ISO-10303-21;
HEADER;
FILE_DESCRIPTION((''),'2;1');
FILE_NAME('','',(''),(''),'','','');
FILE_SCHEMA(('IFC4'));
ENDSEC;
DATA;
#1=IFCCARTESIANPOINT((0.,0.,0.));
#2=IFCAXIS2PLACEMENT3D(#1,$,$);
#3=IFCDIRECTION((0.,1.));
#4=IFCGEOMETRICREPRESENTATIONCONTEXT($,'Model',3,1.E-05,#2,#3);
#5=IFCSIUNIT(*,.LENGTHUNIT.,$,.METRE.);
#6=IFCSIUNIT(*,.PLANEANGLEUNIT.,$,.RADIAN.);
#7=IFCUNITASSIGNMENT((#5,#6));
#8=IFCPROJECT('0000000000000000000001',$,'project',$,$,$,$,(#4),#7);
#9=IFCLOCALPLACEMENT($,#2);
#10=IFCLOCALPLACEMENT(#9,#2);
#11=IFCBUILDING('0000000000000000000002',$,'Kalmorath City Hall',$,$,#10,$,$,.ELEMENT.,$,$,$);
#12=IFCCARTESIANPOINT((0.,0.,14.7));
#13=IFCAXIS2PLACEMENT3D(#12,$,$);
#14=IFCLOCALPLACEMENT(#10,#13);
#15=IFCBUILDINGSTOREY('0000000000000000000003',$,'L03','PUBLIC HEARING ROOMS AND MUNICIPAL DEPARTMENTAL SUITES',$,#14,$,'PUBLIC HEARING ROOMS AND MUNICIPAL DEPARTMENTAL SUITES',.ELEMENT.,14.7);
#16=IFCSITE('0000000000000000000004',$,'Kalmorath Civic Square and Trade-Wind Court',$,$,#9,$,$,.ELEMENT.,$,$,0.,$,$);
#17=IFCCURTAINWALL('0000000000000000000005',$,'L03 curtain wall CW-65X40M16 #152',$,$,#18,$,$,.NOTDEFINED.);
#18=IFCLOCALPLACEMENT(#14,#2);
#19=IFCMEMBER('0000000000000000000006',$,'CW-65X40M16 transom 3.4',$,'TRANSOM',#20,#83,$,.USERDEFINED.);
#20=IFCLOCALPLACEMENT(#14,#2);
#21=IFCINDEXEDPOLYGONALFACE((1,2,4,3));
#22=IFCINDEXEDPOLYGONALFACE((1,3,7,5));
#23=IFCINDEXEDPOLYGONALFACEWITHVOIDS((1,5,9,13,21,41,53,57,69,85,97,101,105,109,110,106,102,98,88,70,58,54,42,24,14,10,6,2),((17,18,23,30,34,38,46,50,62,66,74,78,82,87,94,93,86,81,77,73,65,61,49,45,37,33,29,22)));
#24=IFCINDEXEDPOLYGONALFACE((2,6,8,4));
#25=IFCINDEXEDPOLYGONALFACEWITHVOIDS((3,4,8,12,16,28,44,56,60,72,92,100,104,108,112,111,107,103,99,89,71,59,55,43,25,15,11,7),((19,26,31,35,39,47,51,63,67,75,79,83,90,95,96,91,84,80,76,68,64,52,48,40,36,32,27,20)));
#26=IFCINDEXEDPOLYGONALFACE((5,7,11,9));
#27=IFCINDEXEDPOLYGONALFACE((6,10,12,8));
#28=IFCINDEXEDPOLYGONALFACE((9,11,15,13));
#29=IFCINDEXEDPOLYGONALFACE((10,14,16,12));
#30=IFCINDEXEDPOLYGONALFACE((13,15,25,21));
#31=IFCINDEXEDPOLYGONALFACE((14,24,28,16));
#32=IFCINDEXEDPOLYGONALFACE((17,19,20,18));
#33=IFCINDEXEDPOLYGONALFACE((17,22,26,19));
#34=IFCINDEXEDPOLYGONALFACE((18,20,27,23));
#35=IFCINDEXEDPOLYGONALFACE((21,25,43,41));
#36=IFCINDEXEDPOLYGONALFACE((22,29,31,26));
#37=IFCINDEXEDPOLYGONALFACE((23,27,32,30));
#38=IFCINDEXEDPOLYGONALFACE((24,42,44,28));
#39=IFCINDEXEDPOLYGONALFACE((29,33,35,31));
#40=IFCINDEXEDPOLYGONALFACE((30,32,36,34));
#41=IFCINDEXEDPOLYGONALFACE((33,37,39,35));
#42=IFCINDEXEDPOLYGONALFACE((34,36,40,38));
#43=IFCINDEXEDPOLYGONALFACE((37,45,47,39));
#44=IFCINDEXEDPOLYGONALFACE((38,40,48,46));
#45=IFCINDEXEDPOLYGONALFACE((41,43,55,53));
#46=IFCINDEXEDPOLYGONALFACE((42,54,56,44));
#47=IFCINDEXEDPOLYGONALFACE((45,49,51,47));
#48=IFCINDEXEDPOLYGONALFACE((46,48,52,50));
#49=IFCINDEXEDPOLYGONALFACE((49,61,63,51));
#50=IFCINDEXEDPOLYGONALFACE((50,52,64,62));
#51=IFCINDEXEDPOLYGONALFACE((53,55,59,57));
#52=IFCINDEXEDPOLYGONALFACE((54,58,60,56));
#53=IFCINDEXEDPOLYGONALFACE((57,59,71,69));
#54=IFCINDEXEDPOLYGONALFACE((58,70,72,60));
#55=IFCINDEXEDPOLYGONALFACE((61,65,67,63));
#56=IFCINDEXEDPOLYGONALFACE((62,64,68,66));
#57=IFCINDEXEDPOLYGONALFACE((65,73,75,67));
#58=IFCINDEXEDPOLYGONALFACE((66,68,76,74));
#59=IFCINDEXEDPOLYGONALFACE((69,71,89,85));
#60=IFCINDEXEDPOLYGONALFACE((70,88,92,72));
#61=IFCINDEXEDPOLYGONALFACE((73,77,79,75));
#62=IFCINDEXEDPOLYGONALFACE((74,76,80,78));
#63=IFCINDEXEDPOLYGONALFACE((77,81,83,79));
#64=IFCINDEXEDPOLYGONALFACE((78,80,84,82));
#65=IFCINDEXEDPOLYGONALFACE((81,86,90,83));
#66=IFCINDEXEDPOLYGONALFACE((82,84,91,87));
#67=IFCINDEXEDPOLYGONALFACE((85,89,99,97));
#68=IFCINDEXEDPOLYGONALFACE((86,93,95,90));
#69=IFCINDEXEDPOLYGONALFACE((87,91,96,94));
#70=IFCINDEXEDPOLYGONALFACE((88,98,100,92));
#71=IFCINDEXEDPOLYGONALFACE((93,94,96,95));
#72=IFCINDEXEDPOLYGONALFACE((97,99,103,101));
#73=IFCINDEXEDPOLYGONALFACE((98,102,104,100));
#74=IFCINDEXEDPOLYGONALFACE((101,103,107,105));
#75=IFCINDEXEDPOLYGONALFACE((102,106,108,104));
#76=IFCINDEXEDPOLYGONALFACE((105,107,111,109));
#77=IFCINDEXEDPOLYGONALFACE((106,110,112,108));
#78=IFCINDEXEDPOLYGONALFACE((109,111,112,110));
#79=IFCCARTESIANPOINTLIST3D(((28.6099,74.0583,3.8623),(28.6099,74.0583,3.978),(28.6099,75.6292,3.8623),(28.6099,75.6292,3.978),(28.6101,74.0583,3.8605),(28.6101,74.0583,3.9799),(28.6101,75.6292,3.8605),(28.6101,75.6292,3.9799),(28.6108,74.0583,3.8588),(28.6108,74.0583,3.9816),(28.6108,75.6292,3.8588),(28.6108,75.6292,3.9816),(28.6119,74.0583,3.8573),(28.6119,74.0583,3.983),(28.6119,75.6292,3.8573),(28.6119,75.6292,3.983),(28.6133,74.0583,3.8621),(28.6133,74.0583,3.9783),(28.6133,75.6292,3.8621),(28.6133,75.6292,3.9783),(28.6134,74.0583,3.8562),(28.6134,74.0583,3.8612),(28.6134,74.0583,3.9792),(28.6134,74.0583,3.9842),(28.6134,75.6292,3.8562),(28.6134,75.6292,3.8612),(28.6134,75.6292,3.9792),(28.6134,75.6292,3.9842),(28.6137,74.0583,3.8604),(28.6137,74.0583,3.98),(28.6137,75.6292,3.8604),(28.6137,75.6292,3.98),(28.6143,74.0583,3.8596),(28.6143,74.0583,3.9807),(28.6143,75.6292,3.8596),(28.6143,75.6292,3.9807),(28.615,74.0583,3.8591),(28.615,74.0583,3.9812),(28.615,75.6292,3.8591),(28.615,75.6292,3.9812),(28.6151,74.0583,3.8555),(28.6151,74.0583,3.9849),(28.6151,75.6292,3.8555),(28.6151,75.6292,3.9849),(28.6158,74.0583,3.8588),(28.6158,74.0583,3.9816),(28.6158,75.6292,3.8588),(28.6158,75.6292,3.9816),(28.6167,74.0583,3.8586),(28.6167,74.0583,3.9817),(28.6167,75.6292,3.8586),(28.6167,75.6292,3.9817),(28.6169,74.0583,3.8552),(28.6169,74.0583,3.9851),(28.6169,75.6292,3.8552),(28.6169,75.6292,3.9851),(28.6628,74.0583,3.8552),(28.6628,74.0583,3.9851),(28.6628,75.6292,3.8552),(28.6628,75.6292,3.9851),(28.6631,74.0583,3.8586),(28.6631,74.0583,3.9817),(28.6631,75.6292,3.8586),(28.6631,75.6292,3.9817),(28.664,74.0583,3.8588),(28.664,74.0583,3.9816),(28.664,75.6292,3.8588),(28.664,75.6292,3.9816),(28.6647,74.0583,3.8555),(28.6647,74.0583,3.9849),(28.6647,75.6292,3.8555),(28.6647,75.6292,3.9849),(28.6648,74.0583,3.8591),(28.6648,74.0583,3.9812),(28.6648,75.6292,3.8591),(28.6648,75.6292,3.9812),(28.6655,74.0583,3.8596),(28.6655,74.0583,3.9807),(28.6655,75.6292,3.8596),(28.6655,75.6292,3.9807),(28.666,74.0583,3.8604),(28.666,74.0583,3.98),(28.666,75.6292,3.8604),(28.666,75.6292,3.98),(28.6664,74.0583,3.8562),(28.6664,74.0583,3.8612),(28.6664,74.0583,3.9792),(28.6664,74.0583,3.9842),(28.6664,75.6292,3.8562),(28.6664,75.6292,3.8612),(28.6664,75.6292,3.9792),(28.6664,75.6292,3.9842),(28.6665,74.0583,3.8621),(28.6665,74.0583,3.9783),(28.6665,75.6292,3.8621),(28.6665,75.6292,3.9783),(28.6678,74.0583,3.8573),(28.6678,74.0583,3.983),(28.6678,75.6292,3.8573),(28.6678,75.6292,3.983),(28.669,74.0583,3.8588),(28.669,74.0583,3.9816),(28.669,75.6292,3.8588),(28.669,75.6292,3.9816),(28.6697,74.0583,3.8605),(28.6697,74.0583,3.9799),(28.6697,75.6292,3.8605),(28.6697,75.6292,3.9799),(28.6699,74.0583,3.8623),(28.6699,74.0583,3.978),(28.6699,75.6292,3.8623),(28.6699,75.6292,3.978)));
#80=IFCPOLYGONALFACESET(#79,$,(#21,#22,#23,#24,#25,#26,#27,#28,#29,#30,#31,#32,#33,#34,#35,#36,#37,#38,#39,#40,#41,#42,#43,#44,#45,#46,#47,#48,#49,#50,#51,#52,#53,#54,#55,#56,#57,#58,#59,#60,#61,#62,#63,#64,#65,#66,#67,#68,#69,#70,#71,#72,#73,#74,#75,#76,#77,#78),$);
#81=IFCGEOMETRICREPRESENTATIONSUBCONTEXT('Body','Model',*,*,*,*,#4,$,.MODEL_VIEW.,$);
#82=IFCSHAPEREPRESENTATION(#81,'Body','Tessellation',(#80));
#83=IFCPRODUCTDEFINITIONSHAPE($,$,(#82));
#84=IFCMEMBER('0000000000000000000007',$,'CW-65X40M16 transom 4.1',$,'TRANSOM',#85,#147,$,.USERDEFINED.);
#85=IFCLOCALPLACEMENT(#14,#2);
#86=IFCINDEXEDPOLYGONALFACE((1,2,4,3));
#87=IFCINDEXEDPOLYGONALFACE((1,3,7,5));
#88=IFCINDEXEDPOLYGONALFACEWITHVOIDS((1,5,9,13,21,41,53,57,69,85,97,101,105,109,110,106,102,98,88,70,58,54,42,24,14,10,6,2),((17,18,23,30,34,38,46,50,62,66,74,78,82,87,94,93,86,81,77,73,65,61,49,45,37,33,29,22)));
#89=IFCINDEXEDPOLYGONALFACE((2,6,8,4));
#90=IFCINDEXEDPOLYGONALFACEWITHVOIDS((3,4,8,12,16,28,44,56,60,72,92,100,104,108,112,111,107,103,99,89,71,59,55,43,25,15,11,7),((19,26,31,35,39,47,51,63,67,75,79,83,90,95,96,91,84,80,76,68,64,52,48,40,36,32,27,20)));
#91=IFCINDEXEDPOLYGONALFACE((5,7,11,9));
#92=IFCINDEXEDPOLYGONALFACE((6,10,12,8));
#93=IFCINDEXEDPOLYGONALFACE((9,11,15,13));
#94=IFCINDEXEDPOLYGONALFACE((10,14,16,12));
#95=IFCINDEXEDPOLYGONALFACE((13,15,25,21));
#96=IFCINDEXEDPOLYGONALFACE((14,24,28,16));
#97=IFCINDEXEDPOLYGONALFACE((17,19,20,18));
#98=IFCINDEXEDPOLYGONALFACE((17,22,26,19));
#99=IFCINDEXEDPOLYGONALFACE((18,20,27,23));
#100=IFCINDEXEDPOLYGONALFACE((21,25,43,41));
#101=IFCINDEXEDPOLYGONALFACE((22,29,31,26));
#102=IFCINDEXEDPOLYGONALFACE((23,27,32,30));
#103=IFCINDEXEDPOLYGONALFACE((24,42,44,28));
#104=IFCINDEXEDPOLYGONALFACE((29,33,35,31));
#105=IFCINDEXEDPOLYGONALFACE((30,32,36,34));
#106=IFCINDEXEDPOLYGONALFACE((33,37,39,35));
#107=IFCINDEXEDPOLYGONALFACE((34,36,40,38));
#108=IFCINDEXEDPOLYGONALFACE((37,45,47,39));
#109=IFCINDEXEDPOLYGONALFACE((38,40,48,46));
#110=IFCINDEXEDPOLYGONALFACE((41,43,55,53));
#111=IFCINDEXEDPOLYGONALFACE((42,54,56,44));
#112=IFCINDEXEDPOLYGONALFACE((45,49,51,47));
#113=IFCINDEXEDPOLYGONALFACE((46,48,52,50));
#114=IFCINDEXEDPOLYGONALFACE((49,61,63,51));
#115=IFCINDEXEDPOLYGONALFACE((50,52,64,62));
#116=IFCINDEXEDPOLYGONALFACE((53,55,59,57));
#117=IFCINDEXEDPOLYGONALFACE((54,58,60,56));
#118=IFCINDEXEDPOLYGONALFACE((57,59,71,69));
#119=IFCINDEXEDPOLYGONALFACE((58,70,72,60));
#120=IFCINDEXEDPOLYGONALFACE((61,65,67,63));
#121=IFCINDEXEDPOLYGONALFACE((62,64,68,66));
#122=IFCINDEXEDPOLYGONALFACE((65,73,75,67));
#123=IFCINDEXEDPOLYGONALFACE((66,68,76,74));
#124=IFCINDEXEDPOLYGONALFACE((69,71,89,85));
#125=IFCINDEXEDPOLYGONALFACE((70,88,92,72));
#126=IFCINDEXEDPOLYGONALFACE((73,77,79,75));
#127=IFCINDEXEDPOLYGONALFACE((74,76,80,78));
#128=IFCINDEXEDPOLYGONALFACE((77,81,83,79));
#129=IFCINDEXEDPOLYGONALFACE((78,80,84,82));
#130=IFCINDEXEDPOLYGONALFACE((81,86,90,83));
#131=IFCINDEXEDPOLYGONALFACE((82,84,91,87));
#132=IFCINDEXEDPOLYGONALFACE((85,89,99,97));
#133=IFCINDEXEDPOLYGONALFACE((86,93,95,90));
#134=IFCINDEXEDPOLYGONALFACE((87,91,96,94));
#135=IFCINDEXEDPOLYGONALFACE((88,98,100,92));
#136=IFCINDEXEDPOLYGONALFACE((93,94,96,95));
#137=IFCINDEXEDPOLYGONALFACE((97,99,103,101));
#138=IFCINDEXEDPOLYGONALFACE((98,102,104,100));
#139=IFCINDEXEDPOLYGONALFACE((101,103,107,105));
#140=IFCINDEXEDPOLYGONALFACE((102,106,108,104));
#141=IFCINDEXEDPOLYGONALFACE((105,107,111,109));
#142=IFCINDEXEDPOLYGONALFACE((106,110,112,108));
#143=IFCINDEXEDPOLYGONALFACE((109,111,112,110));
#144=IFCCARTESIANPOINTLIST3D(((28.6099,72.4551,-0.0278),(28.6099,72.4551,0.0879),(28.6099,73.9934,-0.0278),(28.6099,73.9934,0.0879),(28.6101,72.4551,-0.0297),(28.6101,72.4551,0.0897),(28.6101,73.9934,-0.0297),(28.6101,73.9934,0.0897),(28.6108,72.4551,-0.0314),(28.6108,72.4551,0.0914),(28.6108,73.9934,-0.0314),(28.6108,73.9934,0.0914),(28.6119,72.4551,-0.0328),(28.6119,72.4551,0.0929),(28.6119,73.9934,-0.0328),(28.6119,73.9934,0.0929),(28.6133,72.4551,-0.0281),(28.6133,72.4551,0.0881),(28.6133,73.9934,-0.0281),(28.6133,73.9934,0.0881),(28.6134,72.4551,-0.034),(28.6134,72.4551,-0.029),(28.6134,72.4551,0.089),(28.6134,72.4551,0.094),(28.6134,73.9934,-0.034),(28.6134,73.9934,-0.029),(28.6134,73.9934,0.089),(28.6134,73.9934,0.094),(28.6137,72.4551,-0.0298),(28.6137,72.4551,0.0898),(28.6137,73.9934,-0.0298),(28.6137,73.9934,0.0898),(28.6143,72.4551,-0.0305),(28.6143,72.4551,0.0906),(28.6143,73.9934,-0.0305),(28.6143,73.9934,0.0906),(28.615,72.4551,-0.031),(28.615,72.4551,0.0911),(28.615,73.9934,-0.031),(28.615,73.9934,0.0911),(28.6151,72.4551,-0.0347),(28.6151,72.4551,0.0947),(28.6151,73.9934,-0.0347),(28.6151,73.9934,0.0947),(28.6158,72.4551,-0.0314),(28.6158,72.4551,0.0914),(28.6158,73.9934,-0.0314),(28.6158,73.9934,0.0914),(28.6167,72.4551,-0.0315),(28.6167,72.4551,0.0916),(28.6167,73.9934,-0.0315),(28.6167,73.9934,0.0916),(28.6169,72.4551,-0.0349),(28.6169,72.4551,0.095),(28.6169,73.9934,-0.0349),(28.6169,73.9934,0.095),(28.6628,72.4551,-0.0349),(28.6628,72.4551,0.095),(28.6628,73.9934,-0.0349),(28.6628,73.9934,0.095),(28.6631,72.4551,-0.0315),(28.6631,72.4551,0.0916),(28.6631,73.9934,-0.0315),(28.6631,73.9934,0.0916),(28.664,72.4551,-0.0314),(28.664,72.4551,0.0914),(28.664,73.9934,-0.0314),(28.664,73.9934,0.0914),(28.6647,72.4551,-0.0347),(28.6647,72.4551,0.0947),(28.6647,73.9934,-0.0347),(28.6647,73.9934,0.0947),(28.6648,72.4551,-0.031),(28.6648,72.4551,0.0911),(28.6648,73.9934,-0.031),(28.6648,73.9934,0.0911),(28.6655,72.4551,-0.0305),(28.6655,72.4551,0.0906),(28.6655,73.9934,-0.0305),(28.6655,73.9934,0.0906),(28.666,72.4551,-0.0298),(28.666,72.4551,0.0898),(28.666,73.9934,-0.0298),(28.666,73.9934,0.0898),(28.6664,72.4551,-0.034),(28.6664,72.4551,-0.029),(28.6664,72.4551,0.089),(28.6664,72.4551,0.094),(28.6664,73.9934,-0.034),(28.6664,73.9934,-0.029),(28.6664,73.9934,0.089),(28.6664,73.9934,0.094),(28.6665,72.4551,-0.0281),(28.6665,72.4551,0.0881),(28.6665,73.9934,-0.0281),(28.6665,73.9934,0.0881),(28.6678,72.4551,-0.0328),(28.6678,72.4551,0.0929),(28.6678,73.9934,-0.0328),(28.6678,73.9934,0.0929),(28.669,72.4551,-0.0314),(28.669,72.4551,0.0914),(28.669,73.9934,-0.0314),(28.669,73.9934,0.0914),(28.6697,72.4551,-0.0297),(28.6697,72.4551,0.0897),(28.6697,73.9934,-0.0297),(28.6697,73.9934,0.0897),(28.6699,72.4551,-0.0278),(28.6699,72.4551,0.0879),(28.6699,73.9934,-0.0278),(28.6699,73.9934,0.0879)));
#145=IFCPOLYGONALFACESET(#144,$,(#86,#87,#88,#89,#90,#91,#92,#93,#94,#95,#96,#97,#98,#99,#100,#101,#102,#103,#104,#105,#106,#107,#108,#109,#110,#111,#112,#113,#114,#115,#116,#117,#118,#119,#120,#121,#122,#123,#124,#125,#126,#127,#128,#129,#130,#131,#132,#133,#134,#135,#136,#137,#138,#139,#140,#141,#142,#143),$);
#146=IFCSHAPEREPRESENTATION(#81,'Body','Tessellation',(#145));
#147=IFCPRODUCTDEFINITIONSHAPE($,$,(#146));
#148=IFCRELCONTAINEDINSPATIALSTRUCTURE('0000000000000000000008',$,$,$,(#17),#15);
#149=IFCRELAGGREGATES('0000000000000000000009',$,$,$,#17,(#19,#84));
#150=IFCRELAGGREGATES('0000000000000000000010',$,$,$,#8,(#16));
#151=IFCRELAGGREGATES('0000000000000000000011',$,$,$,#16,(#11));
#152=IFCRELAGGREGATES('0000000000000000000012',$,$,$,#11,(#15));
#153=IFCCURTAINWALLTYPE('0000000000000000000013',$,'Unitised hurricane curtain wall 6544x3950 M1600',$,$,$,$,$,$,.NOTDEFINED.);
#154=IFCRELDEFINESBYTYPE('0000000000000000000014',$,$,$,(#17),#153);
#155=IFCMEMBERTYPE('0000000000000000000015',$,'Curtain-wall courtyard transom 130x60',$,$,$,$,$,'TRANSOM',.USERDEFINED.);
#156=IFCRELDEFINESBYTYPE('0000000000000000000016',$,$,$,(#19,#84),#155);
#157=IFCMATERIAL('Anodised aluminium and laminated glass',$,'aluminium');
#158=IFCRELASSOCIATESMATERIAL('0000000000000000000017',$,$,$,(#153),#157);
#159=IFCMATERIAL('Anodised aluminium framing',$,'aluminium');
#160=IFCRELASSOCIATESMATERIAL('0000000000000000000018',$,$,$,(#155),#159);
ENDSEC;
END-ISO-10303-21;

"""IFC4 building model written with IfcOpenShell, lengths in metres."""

from ifc_helpers import new_model, si_unit, direction, frame, origin, origin_2d, place, context, subcontext, project, spatial, hollow_rectangle, extrude, material, material_profile, profile_set, type_object, element, aggregate, save


model = new_model("IFC4")

# Units and contexts
model_context = context("Model", 3, precision=1e-05, world=origin(), true_north=direction((0.0, 1.0)))
body_context = subcontext(model_context, "Body", "Model", "MODEL_VIEW")
ifc_project = project(units=[si_unit("LENGTHUNIT", "METRE"), si_unit("PLANEANGLEUNIT", "RADIAN")], contexts=[model_context])

# Site, building, storey
site_placement = place(None, origin())
site = spatial("IfcSite", under=ifc_project, at=site_placement, Name="Kalmorath Civic Square and Trade-Wind Court", CompositionType="ELEMENT", RefElevation=0.0)
building_placement = place(site_placement, origin())
building = spatial("IfcBuilding", under=site, at=building_placement, Name="Kalmorath City Hall", CompositionType="ELEMENT")
storey_placement = place(building_placement, frame((0.0, 0.0, 14.7)))
storey = spatial("IfcBuildingStorey", under=building, at=storey_placement, Name="L03", Description="PUBLIC HEARING ROOMS AND MUNICIPAL DEPARTMENTAL SUITES", LongName="PUBLIC HEARING ROOMS AND MUNICIPAL DEPARTMENTAL SUITES", CompositionType="ELEMENT", Elevation=14.7)

# Curtain wall, members
ifc_material_1 = material(Name="Anodised aluminium and laminated glass", Category="aluminium")
curtain_wall_type = type_object("IfcCurtainWallType", Name="Unitised hurricane curtain wall 6544x3950 M1600", PredefinedType="NOTDEFINED", material=ifc_material_1)
curtain_wall_placement = place(storey_placement, origin())
curtain_wall = element("IfcCurtainWall", 1, at=curtain_wall_placement, inside=storey, type_object=curtain_wall_type, Name="L03 curtain wall CW-65X40M16 #152", PredefinedType="NOTDEFINED")
ifc_material_2 = material(Name="Anodised aluminium framing", Category="aluminium")
ifc_material_profile_1 = material_profile(ifc_material_2, hollow_rectangle(XDim=0.0601, YDim=0.1299, WallThickness=0.0034, InnerFilletRadius=0.0034, OuterFilletRadius=0.0071, at=origin_2d()), Name="ALU-TRN-130X60X3.5")
ifc_profile_set_1 = profile_set([ifc_material_profile_1], Name="Anodised aluminium framing")
member_type_1 = type_object("IfcMemberType", Name="Curtain-wall courtyard transom 130x60", ElementType="TRANSOM", PredefinedType="USERDEFINED", material=ifc_profile_set_1)
member_1_placement = place(storey_placement, frame((28.6399, 75.6292, 3.9202), z_axis=(0.0, -1.0, 0.0), x_axis=(1.0, 0.0, 0.0)))
member_1 = element("IfcMember", 2, at=member_1_placement, type_object=member_type_1, Name="CW-65X40M16 transom 3.4", ObjectType="TRANSOM", PredefinedType="USERDEFINED", context=body_context, shape_type="SweptSolid", body=[
    extrude(hollow_rectangle(XDim=0.0601, YDim=0.1299, WallThickness=0.0034, InnerFilletRadius=0.0034, OuterFilletRadius=0.0071, at=origin_2d()), origin(), (0.0, 0.0, 1.0), 1.5708),
])
member_2_placement = place(storey_placement, frame((28.6399, 73.9934, 0.03), z_axis=(0.0, -1.0, 0.0), x_axis=(1.0, 0.0, 0.0)))
member_2 = element("IfcMember", 3, at=member_2_placement, type_object=member_type_1, Name="CW-65X40M16 transom 4.1", ObjectType="TRANSOM", PredefinedType="USERDEFINED", context=body_context, shape_type="SweptSolid", body=[
    extrude(hollow_rectangle(XDim=0.0601, YDim=0.1299, WallThickness=0.0034, InnerFilletRadius=0.0034, OuterFilletRadius=0.0071, at=origin_2d()), origin(), (0.0, 0.0, 1.0), 1.5383),
])

aggregate(curtain_wall, [member_1, member_2])

save(model, "model.ifc")
